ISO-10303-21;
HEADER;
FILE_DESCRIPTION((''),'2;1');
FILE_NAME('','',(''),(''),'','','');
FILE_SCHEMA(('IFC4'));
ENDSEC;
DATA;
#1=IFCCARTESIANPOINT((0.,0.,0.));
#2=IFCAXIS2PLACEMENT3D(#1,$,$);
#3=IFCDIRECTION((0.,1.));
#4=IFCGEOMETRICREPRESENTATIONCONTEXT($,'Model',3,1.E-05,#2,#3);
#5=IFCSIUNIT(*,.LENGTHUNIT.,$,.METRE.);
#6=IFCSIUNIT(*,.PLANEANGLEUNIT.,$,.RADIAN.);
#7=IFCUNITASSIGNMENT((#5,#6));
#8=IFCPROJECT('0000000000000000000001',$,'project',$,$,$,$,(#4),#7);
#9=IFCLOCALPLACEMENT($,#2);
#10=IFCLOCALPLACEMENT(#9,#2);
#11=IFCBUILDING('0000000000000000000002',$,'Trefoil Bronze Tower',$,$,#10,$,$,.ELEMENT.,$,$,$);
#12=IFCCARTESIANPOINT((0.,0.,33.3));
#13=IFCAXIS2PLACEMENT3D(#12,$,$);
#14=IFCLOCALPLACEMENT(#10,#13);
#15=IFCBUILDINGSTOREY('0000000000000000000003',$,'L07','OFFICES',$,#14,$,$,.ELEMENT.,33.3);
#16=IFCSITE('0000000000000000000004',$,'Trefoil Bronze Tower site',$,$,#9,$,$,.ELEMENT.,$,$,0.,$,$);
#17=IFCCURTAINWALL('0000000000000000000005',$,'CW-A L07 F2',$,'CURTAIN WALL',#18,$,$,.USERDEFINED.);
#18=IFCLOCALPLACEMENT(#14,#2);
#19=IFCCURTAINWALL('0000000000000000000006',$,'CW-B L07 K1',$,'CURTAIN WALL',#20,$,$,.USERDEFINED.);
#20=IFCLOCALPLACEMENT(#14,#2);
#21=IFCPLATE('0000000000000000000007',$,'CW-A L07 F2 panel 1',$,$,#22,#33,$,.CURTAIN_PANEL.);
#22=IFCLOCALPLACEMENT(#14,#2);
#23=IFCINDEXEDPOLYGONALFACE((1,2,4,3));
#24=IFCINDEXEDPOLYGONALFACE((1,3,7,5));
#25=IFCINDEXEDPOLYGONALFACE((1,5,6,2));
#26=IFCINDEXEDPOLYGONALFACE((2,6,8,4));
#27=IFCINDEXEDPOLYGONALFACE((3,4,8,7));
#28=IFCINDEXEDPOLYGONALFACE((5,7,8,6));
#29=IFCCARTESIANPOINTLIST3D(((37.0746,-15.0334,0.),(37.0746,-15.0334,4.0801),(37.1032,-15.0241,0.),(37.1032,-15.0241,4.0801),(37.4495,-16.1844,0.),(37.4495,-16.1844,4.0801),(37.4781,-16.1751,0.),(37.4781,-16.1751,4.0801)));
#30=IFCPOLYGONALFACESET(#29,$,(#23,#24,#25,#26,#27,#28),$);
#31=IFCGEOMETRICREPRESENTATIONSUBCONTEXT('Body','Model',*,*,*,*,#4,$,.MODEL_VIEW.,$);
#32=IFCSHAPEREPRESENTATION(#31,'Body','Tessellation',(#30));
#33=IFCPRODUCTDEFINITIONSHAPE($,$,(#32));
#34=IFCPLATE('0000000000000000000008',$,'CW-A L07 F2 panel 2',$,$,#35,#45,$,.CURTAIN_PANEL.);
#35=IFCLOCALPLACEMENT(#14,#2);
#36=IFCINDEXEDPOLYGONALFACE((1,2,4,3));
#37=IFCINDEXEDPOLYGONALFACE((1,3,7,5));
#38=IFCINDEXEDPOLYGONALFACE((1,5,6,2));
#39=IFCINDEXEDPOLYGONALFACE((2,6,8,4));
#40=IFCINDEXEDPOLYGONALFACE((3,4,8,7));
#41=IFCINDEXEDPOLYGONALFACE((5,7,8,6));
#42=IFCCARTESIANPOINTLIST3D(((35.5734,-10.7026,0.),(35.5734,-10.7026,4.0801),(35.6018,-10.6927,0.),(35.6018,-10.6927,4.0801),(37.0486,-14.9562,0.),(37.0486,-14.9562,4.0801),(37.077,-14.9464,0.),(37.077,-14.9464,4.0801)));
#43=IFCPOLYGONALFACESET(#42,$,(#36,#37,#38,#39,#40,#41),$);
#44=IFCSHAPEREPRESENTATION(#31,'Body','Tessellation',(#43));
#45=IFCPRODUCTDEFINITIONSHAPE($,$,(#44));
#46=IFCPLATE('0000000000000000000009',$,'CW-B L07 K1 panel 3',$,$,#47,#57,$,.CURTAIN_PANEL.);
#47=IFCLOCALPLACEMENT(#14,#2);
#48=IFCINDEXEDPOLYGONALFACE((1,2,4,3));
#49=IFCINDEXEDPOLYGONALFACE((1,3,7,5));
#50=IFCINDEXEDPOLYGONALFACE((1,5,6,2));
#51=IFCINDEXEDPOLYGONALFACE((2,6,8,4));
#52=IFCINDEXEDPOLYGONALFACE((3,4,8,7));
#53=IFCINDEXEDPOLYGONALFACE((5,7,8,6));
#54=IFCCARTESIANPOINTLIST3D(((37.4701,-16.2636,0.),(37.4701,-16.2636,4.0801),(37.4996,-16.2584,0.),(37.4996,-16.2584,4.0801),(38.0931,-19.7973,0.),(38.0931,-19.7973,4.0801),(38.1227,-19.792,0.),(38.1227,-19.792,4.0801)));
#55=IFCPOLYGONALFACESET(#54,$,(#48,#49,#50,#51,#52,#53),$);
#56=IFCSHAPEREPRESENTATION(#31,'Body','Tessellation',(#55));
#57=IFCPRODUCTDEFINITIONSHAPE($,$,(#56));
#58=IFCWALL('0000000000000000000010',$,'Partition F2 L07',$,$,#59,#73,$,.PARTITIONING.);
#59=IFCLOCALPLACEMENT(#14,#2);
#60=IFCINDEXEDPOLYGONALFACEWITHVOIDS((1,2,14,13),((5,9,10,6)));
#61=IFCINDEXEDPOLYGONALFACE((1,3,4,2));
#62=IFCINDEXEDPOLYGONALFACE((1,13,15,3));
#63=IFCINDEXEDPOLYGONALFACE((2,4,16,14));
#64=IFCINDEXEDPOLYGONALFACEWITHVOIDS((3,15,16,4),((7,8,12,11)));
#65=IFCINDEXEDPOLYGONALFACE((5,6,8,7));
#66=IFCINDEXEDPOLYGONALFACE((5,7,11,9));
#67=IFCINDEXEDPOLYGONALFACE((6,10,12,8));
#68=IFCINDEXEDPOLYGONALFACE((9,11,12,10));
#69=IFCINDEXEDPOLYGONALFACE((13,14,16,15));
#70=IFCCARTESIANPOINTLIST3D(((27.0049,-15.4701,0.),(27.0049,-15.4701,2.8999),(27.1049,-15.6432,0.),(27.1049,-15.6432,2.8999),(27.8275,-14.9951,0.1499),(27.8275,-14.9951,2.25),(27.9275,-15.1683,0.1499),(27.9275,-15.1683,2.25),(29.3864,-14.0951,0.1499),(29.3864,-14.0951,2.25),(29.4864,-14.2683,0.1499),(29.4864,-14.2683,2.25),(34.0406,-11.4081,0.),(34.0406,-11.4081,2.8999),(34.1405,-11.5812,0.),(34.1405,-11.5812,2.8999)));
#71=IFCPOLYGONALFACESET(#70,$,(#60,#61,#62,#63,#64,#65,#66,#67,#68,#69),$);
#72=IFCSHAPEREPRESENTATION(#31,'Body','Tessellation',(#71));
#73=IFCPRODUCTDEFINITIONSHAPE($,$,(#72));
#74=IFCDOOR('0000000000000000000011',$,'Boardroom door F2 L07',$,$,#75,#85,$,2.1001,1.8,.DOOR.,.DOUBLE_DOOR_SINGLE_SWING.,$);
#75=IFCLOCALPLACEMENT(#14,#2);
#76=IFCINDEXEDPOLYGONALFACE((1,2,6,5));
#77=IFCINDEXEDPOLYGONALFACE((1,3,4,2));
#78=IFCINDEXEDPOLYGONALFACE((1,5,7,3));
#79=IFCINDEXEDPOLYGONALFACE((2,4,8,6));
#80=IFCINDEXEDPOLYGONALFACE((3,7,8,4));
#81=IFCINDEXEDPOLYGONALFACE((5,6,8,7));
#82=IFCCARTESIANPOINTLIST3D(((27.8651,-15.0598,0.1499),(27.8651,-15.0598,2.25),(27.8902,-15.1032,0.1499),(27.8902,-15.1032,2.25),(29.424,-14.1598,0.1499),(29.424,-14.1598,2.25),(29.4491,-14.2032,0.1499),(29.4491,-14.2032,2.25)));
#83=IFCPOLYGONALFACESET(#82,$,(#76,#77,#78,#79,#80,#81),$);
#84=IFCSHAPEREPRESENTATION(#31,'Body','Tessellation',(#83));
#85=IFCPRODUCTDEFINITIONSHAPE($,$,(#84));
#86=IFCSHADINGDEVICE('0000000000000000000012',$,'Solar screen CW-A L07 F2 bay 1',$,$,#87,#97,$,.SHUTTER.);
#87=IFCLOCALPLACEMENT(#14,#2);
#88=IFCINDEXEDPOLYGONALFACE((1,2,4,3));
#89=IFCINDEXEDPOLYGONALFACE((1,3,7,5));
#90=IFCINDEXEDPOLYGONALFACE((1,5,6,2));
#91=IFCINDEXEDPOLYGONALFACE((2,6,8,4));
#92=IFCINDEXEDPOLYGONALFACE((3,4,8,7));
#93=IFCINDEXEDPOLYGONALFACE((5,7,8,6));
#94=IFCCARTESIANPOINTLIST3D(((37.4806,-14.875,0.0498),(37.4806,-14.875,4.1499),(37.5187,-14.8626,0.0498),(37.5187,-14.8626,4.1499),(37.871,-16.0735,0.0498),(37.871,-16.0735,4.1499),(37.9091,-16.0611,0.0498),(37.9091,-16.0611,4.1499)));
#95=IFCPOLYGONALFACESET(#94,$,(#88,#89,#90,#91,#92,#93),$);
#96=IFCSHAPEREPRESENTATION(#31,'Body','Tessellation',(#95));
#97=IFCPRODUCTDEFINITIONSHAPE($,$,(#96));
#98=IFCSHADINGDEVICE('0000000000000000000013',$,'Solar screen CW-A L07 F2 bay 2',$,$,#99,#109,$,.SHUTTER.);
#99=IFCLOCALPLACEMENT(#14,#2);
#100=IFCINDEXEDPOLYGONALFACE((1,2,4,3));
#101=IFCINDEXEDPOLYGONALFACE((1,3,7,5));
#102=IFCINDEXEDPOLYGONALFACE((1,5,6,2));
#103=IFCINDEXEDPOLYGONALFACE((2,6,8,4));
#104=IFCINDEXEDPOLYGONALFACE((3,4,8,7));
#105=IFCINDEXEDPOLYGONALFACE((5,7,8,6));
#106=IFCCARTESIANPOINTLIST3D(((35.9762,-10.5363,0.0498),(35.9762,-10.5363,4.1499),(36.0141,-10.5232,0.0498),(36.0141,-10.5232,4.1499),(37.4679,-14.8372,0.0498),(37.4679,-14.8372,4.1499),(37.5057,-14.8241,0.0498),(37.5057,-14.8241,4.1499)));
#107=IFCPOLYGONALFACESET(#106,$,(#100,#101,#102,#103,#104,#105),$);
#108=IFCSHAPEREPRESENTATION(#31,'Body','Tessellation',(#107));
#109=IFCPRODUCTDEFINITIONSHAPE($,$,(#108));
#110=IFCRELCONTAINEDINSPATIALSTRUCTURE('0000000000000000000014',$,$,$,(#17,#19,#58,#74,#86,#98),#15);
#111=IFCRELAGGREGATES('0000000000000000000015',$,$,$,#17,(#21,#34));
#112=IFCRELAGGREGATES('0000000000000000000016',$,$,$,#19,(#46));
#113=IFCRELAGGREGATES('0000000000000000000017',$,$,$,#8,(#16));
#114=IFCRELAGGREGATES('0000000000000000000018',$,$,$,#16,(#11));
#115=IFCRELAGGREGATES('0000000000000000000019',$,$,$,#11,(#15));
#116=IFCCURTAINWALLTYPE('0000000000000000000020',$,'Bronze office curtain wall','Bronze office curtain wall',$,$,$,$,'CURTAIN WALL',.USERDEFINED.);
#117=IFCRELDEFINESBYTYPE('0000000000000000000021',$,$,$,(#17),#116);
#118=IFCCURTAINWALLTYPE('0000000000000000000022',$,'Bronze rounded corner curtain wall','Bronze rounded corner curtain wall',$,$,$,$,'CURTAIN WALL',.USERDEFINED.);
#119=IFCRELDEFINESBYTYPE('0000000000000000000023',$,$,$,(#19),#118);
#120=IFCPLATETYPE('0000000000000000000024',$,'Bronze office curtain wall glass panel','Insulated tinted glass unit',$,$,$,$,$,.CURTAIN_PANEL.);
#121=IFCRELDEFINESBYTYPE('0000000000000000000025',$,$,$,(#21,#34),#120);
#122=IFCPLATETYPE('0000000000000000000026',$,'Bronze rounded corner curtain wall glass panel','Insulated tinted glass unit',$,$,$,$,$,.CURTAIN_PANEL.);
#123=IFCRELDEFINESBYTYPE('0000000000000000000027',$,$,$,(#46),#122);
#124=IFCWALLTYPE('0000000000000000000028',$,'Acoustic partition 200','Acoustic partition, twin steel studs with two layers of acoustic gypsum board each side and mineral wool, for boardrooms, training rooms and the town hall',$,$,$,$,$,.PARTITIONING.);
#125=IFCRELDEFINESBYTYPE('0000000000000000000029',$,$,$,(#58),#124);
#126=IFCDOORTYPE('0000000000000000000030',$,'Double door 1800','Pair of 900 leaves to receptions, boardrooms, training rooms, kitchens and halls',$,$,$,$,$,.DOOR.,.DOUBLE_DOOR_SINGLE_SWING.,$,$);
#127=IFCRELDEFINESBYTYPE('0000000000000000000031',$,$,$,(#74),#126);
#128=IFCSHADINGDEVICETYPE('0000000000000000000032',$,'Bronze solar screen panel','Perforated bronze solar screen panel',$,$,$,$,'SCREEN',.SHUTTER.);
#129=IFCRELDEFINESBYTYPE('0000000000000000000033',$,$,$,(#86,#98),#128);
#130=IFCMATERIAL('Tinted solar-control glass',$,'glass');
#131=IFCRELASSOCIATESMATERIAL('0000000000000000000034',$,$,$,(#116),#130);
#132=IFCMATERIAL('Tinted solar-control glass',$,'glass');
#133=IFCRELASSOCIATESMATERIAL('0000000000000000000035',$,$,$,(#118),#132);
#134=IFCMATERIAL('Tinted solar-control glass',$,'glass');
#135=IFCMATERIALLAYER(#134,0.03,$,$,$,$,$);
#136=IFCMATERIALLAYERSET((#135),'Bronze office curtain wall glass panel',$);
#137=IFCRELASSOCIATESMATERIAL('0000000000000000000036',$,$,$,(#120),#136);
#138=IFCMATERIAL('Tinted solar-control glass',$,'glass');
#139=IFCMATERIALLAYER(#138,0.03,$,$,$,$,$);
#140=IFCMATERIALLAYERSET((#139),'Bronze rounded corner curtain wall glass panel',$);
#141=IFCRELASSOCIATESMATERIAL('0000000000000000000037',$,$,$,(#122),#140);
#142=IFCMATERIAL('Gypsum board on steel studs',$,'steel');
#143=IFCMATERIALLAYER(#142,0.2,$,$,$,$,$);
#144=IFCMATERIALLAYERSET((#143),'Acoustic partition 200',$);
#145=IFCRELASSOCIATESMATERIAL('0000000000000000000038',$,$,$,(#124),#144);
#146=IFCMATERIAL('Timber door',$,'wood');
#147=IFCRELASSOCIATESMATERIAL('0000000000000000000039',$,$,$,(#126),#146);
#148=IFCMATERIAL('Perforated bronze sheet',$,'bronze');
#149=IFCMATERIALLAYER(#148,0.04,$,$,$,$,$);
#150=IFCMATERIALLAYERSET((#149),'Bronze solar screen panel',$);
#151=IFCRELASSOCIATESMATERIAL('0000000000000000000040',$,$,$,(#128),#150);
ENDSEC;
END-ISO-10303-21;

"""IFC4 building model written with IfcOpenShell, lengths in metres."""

from ifc_helpers import new_model, si_unit, direction, frame, frame_2d, origin, origin_2d, place, context, subcontext, project, spatial, rectangle, extrude, material, layer, layer_set, type_object, element, fill, aggregate, save


model = new_model("IFC4")

# Units and contexts
model_context = context("Model", 3, precision=1e-05, world=origin(), true_north=direction((0.0, 1.0)))
body_context = subcontext(model_context, "Body", "Model", "MODEL_VIEW")
ifc_project = project(units=[si_unit("LENGTHUNIT", "METRE"), si_unit("PLANEANGLEUNIT", "RADIAN")], contexts=[model_context])

# Site, building, storey
site_placement = place(None, origin())
site = spatial("IfcSite", under=ifc_project, at=site_placement, Name="Trefoil Bronze Tower site", CompositionType="ELEMENT", RefElevation=0.0)
building_placement = place(site_placement, origin())
building = spatial("IfcBuilding", under=site, at=building_placement, Name="Trefoil Bronze Tower", CompositionType="ELEMENT")
storey_placement = place(building_placement, frame((0.0, 0.0, 33.3)))
storey = spatial("IfcBuildingStorey", under=building, at=storey_placement, Name="L07", Description="OFFICES", CompositionType="ELEMENT", Elevation=33.3)

# Curtain wall
ifc_material_1 = material(Name="Tinted solar-control glass", Category="glass")
curtain_wall_type_1 = type_object("IfcCurtainWallType", Name="Bronze office curtain wall", Description="Bronze office curtain wall", ElementType="CURTAIN WALL", PredefinedType="USERDEFINED", material=ifc_material_1)
curtain_wall_1_placement = place(storey_placement, origin())
curtain_wall_1 = element("IfcCurtainWall", 1, at=curtain_wall_1_placement, inside=storey, type_object=curtain_wall_type_1, Name="CW-A L07 F2", ObjectType="CURTAIN WALL", PredefinedType="USERDEFINED")

# Curtain wall
ifc_material_2 = material(Name="Tinted solar-control glass", Category="glass")
curtain_wall_type_2 = type_object("IfcCurtainWallType", Name="Bronze rounded corner curtain wall", Description="Bronze rounded corner curtain wall", ElementType="CURTAIN WALL", PredefinedType="USERDEFINED", material=ifc_material_2)
curtain_wall_2_placement = place(storey_placement, origin())
curtain_wall_2 = element("IfcCurtainWall", 2, at=curtain_wall_2_placement, inside=storey, type_object=curtain_wall_type_2, Name="CW-B L07 K1", ObjectType="CURTAIN WALL", PredefinedType="USERDEFINED")

# Plates
ifc_material_3 = material(Name="Tinted solar-control glass", Category="glass")
ifc_layer_1 = layer(ifc_material_3, 0.03)
ifc_layer_set_1 = layer_set([ifc_layer_1], Name="Bronze office curtain wall glass panel")
plate_type_1 = type_object("IfcPlateType", Name="Bronze office curtain wall glass panel", Description="Insulated tinted glass unit", PredefinedType="CURTAIN_PANEL", material=ifc_layer_set_1)
plate_1_placement = place(storey_placement, frame((37.2764, -15.6042, 0.0), z_axis=(0.0, 0.0, 1.0), x_axis=(-0.309728, 0.950825, 0.0)))
plate_1 = element("IfcPlate", 3, at=plate_1_placement, type_object=plate_type_1, Name="CW-A L07 F2 panel 1", PredefinedType="CURTAIN_PANEL", context=body_context, shape_type="SweptSolid", body=[
    extrude(rectangle(XDim=1.2104, YDim=0.03, at=origin_2d()), origin(), (0.0, 0.0, 1.0), 4.0801),
])
plate_2_placement = place(storey_placement, frame((36.3252, -12.8245, 0.0), z_axis=(0.0, 0.0, 1.0), x_axis=(-0.327674, 0.944791, 0.0)))
plate_2 = element("IfcPlate", 4, at=plate_2_placement, type_object=plate_type_1, Name="CW-A L07 F2 panel 2", PredefinedType="CURTAIN_PANEL", context=body_context, shape_type="SweptSolid", body=[
    extrude(rectangle(XDim=4.5022, YDim=0.03, at=origin_2d()), origin(), (0.0, 0.0, 1.0), 4.0801),
])
aggregate(curtain_wall_1, [plate_1, plate_2])
ifc_material_4 = material(Name="Tinted solar-control glass", Category="glass")
ifc_layer_2 = layer(ifc_material_4, 0.03)
ifc_layer_set_2 = layer_set([ifc_layer_2], Name="Bronze rounded corner curtain wall glass panel")
plate_type_2 = type_object("IfcPlateType", Name="Bronze rounded corner curtain wall glass panel", Description="Insulated tinted glass unit", PredefinedType="CURTAIN_PANEL", material=ifc_layer_set_2)
plate_3_placement = place(storey_placement, frame((37.7964, -18.0278, 0.0), z_axis=(0.0, 0.0, 1.0), x_axis=(-0.173648, 0.984808, 0.0)))
plate_3 = element("IfcPlate", 5, at=plate_3_placement, type_object=plate_type_2, Name="CW-B L07 K1 panel 3", PredefinedType="CURTAIN_PANEL", context=body_context, shape_type="SweptSolid", body=[
    extrude(rectangle(XDim=3.5881, YDim=0.03, at=origin_2d()), origin(), (0.0, 0.0, 1.0), 4.0801),
])
aggregate(curtain_wall_2, [plate_3])

# Wall, opening, door
ifc_material_5 = material(Name="Gypsum board on steel studs", Category="steel")
ifc_layer_3 = layer(ifc_material_5, 0.2)
ifc_layer_set_3 = layer_set([ifc_layer_3], Name="Acoustic partition 200")
wall_type = type_object("IfcWallType", Name="Acoustic partition 200", Description="Acoustic partition, twin steel studs with two layers of acoustic gypsum board each side and mineral wool, for boardrooms, training rooms and the town hall", PredefinedType="PARTITIONING", material=ifc_layer_set_3)
wall_placement = place(storey_placement, frame((27.0549, -15.5566, 0.0), z_axis=(0.0, 0.0, 1.0), x_axis=(0.866026, 0.499998, 0.0)))
wall = element("IfcWall", 6, at=wall_placement, inside=storey, type_object=wall_type, Name="Partition F2 L07", PredefinedType="PARTITIONING", context=body_context, shape_type="SweptSolid", body=[
    extrude(rectangle(XDim=8.124, YDim=0.2, at=frame_2d((4.062, 0.0))), origin(), (0.0, 0.0, 1.0), 2.8999),
])
opening_placement = place(wall_placement, frame((0.95, 0.0, 0.1499)))
opening = element("IfcOpeningElement", 7, at=opening_placement, cuts=wall, PredefinedType="OPENING", context=body_context, shape_type="SweptSolid", body=[
    extrude(rectangle(XDim=1.8, YDim=2.1001, at=frame_2d((0.8999, 1.05))), frame((0.0, 0.1099, 0.0), z_axis=(0.0, -1.0, 0.0), x_axis=(1.0, 0.0, 0.0)), (0.0, 0.0, 1.0), 0.22),
])
ifc_material_6 = material(Name="Timber door", Category="wood")
door_type = type_object("IfcDoorType", Name="Double door 1800", Description="Pair of 900 leaves to receptions, boardrooms, training rooms, kitchens and halls", OperationType="DOUBLE_DOOR_SINGLE_SWING", PredefinedType="DOOR", material=ifc_material_6)
door_placement = place(opening_placement, frame((1.8, 0.0, 0.0), z_axis=(0.0, 0.0, 1.0), x_axis=(-1.0, 0.0, 0.0)))
door = element("IfcDoor", 8, at=door_placement, inside=storey, type_object=door_type, Name="Boardroom door F2 L07", OperationType="DOUBLE_DOOR_SINGLE_SWING", OverallHeight=2.1001, OverallWidth=1.8, PredefinedType="DOOR", context=body_context, shape_type="SweptSolid", body=[
    extrude(rectangle(XDim=1.8, YDim=2.1001, at=frame_2d((0.8999, 1.05))), frame((0.0, 0.0249, 0.0), z_axis=(0.0, -1.0, 0.0), x_axis=(1.0, 0.0, 0.0)), (0.0, 0.0, 1.0), 0.05),
])
fill(opening, door)

# Shading devices
ifc_material_7 = material(Name="Perforated bronze sheet", Category="bronze")
ifc_layer_4 = layer(ifc_material_7, 0.04)
ifc_layer_set_4 = layer_set([ifc_layer_4], Name="Bronze solar screen panel")
shading_device_type = type_object("IfcShadingDeviceType", Name="Bronze solar screen panel", Description="Perforated bronze solar screen panel", ElementType="SCREEN", PredefinedType="SHUTTER", material=ifc_layer_set_4)
shading_device_1_placement = place(storey_placement, frame((37.6948, -15.468, 0.0498), z_axis=(0.0, 0.0, 1.0), x_axis=(-0.309728, 0.950825, 0.0)))
element("IfcShadingDevice", 9, at=shading_device_1_placement, inside=storey, type_object=shading_device_type, Name="Solar screen CW-A L07 F2 bay 1", PredefinedType="SHUTTER", context=body_context, shape_type="SweptSolid", body=[
    extrude(rectangle(XDim=1.2605, YDim=0.04, at=origin_2d()), origin(), (0.0, 0.0, 1.0), 4.1001),
])
shading_device_2_placement = place(storey_placement, frame((36.741, -12.6802, 0.0498), z_axis=(0.0, 0.0, 1.0), x_axis=(-0.327674, 0.944791, 0.0)))
element("IfcShadingDevice", 10, at=shading_device_2_placement, inside=storey, type_object=shading_device_type, Name="Solar screen CW-A L07 F2 bay 2", PredefinedType="SHUTTER", context=body_context, shape_type="SweptSolid", body=[
    extrude(rectangle(XDim=4.5522, YDim=0.04, at=origin_2d()), origin(), (0.0, 0.0, 1.0), 4.1001),
])

save(model, "model.ifc")
